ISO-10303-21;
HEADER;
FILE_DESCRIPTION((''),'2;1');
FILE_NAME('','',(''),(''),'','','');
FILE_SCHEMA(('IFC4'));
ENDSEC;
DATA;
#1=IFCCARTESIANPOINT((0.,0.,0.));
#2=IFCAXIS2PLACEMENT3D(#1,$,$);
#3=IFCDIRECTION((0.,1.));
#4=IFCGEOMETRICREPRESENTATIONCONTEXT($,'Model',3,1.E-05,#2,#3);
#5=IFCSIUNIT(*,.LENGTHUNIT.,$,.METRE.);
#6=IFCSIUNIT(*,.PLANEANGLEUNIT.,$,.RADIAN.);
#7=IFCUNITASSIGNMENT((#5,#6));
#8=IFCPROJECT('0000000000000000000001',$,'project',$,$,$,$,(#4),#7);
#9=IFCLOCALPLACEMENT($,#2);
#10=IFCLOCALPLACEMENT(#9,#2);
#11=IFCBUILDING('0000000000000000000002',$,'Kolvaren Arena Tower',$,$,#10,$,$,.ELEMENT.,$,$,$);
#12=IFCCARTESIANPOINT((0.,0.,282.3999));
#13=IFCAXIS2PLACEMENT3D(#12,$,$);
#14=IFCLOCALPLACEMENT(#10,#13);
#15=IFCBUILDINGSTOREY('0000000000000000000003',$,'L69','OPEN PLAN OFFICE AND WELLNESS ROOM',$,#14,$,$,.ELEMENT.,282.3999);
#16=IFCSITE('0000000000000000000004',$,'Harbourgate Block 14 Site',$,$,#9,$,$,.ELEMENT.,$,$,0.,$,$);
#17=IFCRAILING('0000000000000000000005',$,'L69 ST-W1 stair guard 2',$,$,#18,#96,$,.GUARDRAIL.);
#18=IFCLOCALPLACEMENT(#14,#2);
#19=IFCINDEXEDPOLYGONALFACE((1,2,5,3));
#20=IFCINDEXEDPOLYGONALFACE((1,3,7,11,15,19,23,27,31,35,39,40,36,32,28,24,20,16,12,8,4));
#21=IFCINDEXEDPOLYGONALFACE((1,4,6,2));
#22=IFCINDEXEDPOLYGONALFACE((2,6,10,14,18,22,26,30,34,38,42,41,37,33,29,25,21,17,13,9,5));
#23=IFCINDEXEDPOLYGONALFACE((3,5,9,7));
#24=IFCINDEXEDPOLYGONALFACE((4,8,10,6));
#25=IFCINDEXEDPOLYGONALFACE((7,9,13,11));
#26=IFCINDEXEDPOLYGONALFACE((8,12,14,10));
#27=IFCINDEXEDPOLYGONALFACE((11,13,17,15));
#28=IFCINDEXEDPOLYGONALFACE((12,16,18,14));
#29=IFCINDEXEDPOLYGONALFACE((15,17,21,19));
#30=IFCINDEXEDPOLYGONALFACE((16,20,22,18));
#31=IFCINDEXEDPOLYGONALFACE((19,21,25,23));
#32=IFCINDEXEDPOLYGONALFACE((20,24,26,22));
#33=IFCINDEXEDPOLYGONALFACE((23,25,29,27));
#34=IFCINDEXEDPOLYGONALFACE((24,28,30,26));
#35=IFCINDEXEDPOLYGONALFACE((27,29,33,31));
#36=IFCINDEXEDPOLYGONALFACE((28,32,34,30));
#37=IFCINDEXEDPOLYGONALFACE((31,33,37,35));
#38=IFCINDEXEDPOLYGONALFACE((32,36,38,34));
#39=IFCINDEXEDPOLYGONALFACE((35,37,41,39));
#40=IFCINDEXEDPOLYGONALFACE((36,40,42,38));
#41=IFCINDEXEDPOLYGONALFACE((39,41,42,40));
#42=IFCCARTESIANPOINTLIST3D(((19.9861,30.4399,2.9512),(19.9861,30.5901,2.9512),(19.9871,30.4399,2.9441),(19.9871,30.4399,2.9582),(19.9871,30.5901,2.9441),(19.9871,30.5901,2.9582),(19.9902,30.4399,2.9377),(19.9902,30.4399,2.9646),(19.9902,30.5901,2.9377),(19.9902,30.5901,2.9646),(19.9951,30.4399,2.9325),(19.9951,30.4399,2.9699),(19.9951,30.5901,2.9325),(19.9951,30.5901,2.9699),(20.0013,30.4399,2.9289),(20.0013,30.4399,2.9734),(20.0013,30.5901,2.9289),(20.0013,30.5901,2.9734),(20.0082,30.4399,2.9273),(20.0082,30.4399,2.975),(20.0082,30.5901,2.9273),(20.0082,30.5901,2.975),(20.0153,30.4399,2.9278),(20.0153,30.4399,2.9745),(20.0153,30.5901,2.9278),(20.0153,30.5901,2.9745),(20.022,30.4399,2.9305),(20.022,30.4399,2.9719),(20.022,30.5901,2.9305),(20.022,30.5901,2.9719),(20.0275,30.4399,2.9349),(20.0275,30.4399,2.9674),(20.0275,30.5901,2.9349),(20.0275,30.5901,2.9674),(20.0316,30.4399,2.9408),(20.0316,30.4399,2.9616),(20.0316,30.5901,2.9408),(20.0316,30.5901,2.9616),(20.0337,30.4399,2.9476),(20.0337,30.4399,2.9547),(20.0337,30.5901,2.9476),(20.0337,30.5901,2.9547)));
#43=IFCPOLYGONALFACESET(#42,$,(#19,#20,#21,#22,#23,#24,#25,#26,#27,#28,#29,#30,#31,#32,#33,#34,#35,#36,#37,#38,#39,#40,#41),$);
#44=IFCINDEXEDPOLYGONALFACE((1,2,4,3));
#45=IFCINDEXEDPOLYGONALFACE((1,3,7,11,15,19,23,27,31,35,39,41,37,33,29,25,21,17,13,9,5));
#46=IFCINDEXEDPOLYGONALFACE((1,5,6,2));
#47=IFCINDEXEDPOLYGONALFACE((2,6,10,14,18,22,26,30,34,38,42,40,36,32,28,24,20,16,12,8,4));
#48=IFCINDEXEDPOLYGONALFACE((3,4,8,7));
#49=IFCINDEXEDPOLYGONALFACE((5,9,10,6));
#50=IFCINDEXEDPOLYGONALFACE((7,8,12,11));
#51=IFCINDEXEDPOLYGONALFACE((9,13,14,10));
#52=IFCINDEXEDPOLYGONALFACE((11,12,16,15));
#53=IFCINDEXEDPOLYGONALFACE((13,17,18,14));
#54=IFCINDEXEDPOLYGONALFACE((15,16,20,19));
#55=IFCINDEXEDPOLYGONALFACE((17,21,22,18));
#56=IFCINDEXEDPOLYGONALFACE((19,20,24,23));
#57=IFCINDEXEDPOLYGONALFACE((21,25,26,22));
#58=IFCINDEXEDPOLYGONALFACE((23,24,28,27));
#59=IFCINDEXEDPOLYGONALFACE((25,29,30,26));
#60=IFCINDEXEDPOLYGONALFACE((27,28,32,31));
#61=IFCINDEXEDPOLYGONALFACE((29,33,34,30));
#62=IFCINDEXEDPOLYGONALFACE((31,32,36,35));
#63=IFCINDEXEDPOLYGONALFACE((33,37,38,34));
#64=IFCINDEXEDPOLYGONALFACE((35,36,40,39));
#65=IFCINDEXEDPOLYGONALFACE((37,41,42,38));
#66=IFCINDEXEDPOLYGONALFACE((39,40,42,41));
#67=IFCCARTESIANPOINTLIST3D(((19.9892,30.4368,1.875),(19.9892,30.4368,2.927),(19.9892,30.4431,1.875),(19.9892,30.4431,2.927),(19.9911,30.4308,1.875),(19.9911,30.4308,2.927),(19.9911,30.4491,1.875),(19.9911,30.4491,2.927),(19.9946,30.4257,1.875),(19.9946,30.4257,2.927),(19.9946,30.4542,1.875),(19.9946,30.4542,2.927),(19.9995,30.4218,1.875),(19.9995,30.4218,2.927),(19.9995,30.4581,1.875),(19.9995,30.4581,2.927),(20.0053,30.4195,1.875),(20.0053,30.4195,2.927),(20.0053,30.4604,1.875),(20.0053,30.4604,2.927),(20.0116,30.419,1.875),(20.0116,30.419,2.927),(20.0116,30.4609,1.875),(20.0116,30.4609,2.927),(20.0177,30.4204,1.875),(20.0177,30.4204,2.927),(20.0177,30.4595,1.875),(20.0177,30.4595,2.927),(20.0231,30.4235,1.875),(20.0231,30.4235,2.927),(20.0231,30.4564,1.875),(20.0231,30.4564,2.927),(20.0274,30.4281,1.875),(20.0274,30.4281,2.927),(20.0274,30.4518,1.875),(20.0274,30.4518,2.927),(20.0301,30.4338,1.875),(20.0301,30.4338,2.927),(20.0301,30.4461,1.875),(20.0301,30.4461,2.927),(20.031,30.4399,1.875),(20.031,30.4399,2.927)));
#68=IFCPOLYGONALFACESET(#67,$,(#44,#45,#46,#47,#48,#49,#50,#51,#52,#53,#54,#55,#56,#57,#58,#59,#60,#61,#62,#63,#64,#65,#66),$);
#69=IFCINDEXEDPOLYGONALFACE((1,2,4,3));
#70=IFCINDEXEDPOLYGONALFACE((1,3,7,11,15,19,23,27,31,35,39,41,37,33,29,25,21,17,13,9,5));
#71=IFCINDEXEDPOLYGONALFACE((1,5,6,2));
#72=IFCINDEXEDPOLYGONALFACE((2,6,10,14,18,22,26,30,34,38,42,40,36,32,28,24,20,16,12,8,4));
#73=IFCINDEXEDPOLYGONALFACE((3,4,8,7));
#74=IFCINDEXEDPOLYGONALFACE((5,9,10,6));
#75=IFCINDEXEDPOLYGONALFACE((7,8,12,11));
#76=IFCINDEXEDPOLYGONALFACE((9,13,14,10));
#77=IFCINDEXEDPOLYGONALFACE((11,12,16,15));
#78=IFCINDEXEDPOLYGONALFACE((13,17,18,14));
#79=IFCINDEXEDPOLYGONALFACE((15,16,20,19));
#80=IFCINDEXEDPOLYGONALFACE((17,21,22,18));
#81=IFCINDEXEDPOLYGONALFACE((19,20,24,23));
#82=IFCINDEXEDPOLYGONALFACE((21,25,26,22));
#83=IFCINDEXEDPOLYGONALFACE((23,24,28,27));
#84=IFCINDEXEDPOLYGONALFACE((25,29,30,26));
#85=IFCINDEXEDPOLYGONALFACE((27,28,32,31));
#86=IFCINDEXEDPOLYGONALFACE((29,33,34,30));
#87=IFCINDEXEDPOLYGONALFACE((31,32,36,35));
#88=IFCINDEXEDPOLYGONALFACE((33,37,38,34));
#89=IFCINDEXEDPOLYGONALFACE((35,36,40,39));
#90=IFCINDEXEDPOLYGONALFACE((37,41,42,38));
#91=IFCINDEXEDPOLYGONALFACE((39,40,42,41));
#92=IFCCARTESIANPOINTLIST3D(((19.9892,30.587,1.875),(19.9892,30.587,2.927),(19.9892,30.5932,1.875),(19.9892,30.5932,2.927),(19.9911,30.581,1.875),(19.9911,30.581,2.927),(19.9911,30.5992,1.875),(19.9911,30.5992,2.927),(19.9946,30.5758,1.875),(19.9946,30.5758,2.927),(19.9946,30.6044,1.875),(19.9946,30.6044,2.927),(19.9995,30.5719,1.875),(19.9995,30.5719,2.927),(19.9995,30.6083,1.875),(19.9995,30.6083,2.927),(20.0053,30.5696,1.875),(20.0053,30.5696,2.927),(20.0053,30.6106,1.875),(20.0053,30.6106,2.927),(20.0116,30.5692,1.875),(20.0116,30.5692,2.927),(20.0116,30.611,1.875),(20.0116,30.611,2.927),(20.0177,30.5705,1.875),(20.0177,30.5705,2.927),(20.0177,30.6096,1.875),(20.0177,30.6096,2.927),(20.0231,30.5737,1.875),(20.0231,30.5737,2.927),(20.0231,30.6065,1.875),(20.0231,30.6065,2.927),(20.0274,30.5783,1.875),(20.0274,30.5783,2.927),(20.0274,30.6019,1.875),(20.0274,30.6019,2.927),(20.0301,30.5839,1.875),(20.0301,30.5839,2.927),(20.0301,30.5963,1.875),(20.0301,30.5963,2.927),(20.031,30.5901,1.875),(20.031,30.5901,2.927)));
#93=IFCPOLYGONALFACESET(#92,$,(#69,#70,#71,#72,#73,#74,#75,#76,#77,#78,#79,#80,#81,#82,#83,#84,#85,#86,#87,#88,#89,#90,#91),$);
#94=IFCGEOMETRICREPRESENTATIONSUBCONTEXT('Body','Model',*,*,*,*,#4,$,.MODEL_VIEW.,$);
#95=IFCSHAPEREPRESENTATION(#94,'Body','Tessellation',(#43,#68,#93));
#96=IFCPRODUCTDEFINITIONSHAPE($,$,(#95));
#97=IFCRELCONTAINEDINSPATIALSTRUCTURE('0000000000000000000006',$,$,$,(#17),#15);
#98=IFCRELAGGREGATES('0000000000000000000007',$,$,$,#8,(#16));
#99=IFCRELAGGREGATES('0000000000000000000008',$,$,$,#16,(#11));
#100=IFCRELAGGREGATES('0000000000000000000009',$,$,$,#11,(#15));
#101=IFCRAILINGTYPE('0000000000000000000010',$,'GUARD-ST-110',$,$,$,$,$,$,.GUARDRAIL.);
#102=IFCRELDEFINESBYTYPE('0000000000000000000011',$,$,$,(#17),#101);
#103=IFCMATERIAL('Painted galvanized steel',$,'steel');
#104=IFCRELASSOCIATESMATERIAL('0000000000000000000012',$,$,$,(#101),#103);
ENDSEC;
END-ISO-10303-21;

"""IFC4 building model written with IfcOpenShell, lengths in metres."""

from ifc_helpers import new_model, si_unit, direction, frame, origin, origin_2d, place, context, subcontext, project, spatial, circle, extrude, material, type_object, element, save


model = new_model("IFC4")

# Units and contexts
model_context = context("Model", 3, precision=1e-05, world=origin(), true_north=direction((0.0, 1.0)))
body_context = subcontext(model_context, "Body", "Model", "MODEL_VIEW")
ifc_project = project(units=[si_unit("LENGTHUNIT", "METRE"), si_unit("PLANEANGLEUNIT", "RADIAN")], contexts=[model_context])

# Site, building, storey
site_placement = place(None, origin())
site = spatial("IfcSite", under=ifc_project, at=site_placement, Name="Harbourgate Block 14 Site", CompositionType="ELEMENT", RefElevation=0.0)
building_placement = place(site_placement, origin())
building = spatial("IfcBuilding", under=site, at=building_placement, Name="Kolvaren Arena Tower", CompositionType="ELEMENT")
storey_placement = place(building_placement, frame((0.0, 0.0, 282.3999)))
storey = spatial("IfcBuildingStorey", under=building, at=storey_placement, Name="L69", Description="OPEN PLAN OFFICE AND WELLNESS ROOM", CompositionType="ELEMENT", Elevation=282.3999)

# Railing
ifc_material_1 = material(Name="Painted galvanized steel", Category="steel")
railing_type_1 = type_object("IfcRailingType", Name="GUARD-ST-110", PredefinedType="GUARDRAIL", material=ifc_material_1)
railing_1_placement = place(storey_placement, frame((20.01, 30.4399, 1.875)))
element("IfcRailing", 1, at=railing_1_placement, inside=storey, type_object=railing_type_1, Name="L69 ST-W1 stair guard 2", PredefinedType="GUARDRAIL", context=body_context, shape_type="SweptSolid", body=[
    extrude(circle(Radius=0.0239, at=origin_2d()), frame((0.0, 0.0, 1.0762), z_axis=(0.0, 1.0, 0.0), x_axis=(-1.0, 0.0, 0.0)), (0.0, 0.0, 1.0), 0.1501),
    extrude(circle(Radius=0.021, at=origin_2d()), origin(), (0.0, 0.0, 1.0), 1.052),
    extrude(circle(Radius=0.021, at=origin_2d()), frame((0.0, 0.1501, 0.0)), (0.0, 0.0, 1.0), 1.052),
])

save(model, "model.ifc")
